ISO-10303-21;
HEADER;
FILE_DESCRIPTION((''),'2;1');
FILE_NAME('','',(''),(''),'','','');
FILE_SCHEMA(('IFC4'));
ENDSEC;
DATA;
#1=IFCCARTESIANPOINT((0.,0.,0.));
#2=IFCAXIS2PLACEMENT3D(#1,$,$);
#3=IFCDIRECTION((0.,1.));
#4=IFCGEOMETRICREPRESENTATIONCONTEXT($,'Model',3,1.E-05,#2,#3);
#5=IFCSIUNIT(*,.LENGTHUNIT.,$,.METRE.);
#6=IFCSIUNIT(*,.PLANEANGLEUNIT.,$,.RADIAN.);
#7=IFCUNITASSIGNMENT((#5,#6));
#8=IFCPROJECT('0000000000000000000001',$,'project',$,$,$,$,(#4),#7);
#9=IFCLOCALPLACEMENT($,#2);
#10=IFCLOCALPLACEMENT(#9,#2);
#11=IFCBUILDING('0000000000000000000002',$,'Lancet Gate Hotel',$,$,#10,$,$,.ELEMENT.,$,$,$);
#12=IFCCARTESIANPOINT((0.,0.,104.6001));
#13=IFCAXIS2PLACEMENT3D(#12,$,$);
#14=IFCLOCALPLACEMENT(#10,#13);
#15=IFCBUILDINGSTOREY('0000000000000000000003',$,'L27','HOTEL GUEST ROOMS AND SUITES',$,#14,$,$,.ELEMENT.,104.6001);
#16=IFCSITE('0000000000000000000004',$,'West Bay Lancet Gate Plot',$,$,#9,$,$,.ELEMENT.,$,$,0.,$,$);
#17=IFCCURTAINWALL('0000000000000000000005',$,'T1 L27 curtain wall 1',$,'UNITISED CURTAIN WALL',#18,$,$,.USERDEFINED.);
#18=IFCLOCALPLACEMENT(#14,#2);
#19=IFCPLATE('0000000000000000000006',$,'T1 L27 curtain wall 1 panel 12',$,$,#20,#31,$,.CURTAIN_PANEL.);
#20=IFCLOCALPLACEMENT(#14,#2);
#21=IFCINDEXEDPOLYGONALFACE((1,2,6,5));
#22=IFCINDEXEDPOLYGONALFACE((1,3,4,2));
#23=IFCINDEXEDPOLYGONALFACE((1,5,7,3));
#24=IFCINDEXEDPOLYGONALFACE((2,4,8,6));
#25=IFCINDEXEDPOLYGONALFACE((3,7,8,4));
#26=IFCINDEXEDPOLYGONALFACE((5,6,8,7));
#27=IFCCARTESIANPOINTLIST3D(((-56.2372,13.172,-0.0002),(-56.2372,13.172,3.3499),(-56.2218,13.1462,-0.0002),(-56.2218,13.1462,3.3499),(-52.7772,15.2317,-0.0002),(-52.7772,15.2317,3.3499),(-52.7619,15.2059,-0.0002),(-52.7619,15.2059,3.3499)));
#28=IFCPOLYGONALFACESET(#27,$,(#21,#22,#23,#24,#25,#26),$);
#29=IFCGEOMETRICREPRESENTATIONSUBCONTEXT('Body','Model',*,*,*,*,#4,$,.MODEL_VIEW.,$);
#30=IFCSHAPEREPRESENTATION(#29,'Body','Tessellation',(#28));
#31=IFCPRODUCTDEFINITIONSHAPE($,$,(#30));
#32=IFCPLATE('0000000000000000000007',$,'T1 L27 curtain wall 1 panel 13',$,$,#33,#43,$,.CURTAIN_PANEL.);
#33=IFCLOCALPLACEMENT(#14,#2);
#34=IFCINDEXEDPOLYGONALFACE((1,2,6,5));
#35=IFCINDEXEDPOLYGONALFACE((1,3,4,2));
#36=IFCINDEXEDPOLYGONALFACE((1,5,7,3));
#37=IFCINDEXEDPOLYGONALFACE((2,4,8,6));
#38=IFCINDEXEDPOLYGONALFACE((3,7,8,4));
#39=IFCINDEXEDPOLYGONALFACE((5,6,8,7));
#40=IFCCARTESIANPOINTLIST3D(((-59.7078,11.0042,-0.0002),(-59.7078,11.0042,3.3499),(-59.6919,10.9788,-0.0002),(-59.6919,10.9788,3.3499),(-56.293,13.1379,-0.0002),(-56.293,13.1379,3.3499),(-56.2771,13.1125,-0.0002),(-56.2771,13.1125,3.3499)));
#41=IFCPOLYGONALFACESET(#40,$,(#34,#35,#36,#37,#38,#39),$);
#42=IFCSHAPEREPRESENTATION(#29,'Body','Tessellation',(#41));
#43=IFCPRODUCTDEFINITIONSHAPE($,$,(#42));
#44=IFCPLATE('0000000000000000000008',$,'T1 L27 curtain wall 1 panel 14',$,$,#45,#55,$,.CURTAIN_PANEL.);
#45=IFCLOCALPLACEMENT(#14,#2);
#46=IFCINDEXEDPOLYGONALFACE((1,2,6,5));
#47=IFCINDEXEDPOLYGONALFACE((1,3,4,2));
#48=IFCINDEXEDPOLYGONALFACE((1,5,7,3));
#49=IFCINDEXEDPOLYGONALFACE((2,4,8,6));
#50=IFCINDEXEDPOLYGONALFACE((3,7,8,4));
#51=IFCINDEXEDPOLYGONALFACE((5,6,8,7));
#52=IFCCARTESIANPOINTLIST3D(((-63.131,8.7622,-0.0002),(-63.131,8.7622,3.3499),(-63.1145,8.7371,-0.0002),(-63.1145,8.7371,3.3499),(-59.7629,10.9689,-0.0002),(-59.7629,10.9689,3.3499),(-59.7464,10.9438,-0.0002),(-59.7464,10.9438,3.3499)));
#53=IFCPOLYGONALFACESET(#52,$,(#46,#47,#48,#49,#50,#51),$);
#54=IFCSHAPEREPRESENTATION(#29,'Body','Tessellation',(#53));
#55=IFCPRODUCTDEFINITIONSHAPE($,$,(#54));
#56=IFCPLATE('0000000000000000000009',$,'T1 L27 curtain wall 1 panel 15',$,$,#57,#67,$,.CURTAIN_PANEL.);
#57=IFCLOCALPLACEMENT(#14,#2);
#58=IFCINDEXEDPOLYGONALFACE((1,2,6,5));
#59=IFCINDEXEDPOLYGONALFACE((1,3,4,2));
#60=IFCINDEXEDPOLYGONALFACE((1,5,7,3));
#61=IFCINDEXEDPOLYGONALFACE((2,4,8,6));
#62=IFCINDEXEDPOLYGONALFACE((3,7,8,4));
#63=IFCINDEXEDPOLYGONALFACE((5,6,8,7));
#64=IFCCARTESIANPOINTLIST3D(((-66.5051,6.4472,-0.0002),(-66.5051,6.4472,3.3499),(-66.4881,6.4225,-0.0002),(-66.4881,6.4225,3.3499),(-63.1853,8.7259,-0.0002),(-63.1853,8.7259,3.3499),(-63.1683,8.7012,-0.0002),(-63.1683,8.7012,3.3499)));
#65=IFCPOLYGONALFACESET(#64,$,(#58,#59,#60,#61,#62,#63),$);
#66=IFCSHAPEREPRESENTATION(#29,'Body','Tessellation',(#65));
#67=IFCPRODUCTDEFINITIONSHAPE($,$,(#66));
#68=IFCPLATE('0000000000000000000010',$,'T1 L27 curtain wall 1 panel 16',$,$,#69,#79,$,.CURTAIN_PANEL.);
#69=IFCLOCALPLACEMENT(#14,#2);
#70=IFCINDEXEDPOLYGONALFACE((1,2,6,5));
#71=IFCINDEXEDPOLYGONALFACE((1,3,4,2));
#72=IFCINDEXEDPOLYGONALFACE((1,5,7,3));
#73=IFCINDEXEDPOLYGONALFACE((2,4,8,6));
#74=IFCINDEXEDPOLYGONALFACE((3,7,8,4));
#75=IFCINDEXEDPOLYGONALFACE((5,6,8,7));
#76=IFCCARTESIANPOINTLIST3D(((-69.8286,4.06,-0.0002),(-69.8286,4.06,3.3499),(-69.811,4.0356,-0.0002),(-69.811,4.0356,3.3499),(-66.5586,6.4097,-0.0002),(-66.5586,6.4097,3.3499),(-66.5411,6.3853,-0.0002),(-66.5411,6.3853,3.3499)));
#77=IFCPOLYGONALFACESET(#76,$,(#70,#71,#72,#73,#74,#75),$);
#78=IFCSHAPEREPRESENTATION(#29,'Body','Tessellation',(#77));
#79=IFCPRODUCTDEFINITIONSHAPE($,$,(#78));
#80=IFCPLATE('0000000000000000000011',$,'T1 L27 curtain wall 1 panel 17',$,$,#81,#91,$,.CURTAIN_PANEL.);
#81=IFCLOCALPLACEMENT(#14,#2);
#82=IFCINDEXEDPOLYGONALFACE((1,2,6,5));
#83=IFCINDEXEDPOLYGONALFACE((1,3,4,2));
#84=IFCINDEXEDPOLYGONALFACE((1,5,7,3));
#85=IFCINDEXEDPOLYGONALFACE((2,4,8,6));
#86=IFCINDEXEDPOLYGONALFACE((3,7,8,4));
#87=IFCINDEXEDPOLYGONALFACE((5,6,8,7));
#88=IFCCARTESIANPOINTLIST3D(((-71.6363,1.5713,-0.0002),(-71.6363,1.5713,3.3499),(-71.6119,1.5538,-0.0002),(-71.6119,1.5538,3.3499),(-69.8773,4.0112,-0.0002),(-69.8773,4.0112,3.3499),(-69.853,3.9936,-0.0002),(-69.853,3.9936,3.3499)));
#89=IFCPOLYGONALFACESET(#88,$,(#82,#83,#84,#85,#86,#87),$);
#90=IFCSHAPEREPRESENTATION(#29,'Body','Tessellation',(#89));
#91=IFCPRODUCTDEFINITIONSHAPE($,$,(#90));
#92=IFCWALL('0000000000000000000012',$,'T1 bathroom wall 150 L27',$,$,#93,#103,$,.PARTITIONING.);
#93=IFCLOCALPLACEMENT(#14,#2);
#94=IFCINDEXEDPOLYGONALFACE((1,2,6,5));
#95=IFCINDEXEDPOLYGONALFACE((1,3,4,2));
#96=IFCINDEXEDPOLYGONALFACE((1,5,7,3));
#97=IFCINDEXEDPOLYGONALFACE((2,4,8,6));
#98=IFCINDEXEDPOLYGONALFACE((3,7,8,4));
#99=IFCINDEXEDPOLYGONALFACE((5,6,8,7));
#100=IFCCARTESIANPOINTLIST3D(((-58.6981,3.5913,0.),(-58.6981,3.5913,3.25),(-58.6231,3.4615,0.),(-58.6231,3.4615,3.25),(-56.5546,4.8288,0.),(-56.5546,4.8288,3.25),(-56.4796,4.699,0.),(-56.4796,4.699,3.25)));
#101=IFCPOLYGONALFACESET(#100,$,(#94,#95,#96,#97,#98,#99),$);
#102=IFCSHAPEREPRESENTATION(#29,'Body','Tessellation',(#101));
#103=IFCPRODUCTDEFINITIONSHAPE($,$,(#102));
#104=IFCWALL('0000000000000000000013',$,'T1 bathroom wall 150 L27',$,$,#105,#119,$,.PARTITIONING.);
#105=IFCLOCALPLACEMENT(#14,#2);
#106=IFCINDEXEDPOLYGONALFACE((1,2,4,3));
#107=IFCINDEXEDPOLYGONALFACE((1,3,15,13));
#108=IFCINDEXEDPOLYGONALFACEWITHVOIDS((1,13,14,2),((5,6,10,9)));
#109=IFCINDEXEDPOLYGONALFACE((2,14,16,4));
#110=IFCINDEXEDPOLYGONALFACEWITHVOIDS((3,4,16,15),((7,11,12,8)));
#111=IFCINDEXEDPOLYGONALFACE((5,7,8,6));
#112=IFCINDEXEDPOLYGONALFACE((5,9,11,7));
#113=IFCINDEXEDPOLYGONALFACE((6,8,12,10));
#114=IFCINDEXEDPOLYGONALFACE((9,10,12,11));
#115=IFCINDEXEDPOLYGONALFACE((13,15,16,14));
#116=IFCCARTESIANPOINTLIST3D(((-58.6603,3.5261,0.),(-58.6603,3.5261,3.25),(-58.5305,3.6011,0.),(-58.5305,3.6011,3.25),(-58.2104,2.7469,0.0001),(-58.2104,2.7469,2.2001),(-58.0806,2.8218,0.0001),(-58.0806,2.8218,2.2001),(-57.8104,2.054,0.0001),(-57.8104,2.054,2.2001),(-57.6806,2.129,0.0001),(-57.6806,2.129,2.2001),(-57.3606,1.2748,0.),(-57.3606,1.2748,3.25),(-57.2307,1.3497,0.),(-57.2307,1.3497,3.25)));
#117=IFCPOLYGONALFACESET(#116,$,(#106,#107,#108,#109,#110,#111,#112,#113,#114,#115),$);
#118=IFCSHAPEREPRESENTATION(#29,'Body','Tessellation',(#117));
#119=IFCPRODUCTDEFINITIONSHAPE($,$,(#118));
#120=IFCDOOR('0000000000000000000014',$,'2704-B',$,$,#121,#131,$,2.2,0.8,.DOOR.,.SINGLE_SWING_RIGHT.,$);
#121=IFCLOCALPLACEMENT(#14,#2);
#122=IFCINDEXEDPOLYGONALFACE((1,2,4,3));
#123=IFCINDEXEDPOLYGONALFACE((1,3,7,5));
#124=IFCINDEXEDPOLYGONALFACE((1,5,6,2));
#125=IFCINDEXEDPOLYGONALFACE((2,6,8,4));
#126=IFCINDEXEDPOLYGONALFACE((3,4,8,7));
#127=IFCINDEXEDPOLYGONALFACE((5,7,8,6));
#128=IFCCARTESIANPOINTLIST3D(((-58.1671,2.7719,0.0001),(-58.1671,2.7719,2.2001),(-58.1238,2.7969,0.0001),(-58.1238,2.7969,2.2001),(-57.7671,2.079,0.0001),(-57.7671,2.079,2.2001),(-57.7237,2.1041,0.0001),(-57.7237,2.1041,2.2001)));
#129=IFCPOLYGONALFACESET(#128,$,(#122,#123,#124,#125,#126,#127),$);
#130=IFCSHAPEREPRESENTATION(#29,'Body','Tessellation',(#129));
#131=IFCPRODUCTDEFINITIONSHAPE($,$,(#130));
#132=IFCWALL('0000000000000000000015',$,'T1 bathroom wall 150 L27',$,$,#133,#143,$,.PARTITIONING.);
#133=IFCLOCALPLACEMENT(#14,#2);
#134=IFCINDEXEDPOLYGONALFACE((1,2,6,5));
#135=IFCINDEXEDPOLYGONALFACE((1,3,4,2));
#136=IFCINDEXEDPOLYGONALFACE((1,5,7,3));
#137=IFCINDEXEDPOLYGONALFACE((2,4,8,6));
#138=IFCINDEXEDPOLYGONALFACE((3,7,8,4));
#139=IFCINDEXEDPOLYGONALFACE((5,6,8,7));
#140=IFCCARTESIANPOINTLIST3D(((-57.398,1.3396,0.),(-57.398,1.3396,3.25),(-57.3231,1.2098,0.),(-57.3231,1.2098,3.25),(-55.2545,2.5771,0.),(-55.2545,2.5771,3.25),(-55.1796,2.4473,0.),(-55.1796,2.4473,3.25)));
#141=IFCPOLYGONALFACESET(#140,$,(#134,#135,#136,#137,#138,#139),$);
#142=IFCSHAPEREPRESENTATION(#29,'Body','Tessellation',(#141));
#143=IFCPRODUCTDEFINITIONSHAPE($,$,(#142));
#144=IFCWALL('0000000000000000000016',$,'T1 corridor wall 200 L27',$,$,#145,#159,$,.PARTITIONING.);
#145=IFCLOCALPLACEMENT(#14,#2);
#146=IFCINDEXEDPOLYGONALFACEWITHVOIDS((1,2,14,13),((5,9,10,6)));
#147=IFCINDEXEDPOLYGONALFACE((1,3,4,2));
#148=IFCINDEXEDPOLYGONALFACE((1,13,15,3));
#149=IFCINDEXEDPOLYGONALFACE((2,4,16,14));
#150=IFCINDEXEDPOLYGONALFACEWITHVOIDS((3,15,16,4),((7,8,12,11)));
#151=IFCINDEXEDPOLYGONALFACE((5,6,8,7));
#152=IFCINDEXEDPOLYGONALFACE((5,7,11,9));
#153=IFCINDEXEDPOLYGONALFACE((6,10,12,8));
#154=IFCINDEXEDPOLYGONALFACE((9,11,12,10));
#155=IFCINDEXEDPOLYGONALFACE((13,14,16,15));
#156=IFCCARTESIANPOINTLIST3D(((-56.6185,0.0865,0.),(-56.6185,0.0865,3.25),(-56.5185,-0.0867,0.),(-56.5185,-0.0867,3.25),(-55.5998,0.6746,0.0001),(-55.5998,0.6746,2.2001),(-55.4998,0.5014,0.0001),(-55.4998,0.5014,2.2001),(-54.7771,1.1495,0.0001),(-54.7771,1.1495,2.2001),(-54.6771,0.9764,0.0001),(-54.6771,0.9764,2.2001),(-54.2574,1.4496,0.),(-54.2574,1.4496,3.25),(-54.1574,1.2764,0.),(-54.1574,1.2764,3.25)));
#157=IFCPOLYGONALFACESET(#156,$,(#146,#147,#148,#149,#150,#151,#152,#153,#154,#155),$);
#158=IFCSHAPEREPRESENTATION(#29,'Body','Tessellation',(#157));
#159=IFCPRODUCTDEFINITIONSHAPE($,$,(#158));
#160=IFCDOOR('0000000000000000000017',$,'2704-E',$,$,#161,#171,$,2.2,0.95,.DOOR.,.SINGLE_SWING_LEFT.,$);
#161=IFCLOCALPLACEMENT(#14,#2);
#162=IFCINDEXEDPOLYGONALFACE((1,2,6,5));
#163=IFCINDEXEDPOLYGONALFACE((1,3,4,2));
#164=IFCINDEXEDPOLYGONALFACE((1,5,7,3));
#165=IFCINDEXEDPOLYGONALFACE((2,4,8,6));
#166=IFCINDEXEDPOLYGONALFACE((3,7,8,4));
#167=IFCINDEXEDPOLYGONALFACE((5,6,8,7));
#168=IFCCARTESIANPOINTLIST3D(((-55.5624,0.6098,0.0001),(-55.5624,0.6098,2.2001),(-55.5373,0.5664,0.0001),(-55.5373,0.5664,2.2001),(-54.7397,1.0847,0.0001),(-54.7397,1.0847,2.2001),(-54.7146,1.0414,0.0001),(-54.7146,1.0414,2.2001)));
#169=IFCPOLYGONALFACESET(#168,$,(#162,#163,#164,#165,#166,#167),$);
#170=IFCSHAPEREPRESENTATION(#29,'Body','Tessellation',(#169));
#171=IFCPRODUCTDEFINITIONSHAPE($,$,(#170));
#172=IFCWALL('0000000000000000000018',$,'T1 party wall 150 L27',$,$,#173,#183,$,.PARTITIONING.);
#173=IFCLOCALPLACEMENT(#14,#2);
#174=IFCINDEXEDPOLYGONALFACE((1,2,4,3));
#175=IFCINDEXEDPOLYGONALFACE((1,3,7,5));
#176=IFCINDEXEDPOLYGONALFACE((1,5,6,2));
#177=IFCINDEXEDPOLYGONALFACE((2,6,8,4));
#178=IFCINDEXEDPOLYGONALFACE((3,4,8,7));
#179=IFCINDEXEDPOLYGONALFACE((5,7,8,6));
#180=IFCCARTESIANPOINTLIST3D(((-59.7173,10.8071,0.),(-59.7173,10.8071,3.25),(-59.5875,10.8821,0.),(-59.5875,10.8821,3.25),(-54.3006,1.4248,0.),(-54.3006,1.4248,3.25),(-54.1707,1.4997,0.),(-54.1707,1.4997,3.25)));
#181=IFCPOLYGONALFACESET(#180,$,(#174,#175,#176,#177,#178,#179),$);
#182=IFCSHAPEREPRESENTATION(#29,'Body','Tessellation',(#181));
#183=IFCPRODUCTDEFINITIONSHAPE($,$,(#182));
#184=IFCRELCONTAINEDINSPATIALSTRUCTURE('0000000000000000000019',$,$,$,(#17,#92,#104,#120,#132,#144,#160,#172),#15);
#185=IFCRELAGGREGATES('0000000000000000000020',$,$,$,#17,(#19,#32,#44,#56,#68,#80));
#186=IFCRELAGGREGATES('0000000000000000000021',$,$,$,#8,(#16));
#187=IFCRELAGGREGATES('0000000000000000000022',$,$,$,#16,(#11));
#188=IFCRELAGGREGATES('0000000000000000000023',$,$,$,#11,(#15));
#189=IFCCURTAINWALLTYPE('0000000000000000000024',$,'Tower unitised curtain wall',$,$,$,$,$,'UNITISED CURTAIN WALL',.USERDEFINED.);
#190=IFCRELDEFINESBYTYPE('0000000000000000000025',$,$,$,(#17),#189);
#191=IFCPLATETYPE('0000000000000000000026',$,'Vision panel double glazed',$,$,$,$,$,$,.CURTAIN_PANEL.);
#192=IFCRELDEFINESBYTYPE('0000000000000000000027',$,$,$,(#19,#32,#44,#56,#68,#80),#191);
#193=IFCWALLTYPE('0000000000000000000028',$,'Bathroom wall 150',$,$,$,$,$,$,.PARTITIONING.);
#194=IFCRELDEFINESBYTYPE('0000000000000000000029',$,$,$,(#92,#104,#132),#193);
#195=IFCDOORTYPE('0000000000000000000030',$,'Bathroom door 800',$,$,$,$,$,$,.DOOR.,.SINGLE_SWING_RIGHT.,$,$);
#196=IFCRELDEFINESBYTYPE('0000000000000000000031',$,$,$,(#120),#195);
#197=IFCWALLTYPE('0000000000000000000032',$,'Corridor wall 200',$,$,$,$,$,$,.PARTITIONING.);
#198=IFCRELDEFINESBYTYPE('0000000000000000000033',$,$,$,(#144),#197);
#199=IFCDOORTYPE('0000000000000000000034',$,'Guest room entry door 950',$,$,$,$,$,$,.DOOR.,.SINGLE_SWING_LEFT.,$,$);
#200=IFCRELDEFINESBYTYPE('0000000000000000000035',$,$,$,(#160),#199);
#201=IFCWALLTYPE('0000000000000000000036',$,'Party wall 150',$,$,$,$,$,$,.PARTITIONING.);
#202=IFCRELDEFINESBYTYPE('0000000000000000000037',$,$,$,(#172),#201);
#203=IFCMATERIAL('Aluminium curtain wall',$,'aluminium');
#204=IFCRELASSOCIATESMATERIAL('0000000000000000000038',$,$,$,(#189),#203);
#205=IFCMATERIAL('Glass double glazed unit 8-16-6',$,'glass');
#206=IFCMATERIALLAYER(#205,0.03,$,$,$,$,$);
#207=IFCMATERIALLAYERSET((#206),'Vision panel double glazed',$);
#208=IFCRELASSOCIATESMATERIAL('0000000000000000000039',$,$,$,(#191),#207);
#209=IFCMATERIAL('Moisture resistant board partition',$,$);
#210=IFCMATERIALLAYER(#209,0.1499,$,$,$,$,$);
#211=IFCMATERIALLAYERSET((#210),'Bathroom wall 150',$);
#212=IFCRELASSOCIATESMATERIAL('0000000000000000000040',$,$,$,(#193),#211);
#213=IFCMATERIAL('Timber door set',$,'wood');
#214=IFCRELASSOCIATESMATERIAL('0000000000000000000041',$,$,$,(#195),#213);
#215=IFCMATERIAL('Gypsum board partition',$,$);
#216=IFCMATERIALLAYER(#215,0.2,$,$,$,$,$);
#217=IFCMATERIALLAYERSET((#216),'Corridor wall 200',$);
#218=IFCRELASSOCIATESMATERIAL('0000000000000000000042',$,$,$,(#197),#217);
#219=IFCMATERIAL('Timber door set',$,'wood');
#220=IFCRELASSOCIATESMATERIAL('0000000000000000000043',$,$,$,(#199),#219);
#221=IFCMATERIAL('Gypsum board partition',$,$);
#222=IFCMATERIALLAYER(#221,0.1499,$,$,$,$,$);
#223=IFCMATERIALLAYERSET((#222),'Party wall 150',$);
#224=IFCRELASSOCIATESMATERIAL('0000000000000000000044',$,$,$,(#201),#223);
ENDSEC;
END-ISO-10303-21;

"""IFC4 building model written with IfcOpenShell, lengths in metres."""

from ifc_helpers import new_model, si_unit, direction, frame, frame_2d, origin, origin_2d, place, context, subcontext, project, spatial, rectangle, extrude, material, layer, layer_set, type_object, element, fill, aggregate, save


model = new_model("IFC4")

# Units and contexts
model_context = context("Model", 3, precision=1e-05, world=origin(), true_north=direction((0.0, 1.0)))
body_context = subcontext(model_context, "Body", "Model", "MODEL_VIEW")
ifc_project = project(units=[si_unit("LENGTHUNIT", "METRE"), si_unit("PLANEANGLEUNIT", "RADIAN")], contexts=[model_context])

# Site, building, storey
site_placement = place(None, origin())
site = spatial("IfcSite", under=ifc_project, at=site_placement, Name="West Bay Lancet Gate Plot", CompositionType="ELEMENT", RefElevation=0.0)
building_placement = place(site_placement, origin())
building = spatial("IfcBuilding", under=site, at=building_placement, Name="Lancet Gate Hotel", CompositionType="ELEMENT")
storey_placement = place(building_placement, frame((0.0, 0.0, 104.6001)))
storey = spatial("IfcBuildingStorey", under=building, at=storey_placement, Name="L27", Description="HOTEL GUEST ROOMS AND SUITES", CompositionType="ELEMENT", Elevation=104.6001)

# Curtain wall
ifc_material_1 = material(Name="Aluminium curtain wall", Category="aluminium")
curtain_wall_type = type_object("IfcCurtainWallType", Name="Tower unitised curtain wall", ElementType="UNITISED CURTAIN WALL", PredefinedType="USERDEFINED", material=ifc_material_1)
curtain_wall_placement = place(storey_placement, origin())
curtain_wall = element("IfcCurtainWall", 1, at=curtain_wall_placement, inside=storey, type_object=curtain_wall_type, Name="T1 L27 curtain wall 1", ObjectType="UNITISED CURTAIN WALL", PredefinedType="USERDEFINED")

# Plates
ifc_material_2 = material(Name="Glass double glazed unit 8-16-6", Category="glass")
ifc_layer_1 = layer(ifc_material_2, 0.03)
ifc_layer_set_1 = layer_set([ifc_layer_1], Name="Vision panel double glazed")
plate_type = type_object("IfcPlateType", Name="Vision panel double glazed", PredefinedType="CURTAIN_PANEL", material=ifc_layer_set_1)
plate_1_placement = place(storey_placement, frame((-54.4995, 14.189, -0.0002), z_axis=(0.0, 0.0, 1.0), x_axis=(-0.859271, -0.51152, 0.0)))
plate_1 = element("IfcPlate", 2, at=plate_1_placement, type_object=plate_type, Name="T1 L27 curtain wall 1 panel 12", PredefinedType="CURTAIN_PANEL", context=body_context, shape_type="SweptSolid", body=[
    extrude(rectangle(XDim=4.0266, YDim=0.03, at=origin_2d()), origin(), (0.0, 0.0, 1.0), 3.3501),
])
plate_2_placement = place(storey_placement, frame((-57.9924, 12.0583, -0.0002), z_axis=(0.0, 0.0, 1.0), x_axis=(-0.848061, -0.529899, 0.0)))
plate_2 = element("IfcPlate", 3, at=plate_2_placement, type_object=plate_type, Name="T1 L27 curtain wall 1 panel 13", PredefinedType="CURTAIN_PANEL", context=body_context, shape_type="SweptSolid", body=[
    extrude(rectangle(XDim=4.0266, YDim=0.03, at=origin_2d()), origin(), (0.0, 0.0, 1.0), 3.3501),
])
plate_3_placement = place(storey_placement, frame((-61.4387, 9.853, -0.0002), z_axis=(0.0, 0.0, 1.0), x_axis=(-0.836458, -0.548032, 0.0)))
plate_3 = element("IfcPlate", 4, at=plate_3_placement, type_object=plate_type, Name="T1 L27 curtain wall 1 panel 14", PredefinedType="CURTAIN_PANEL", context=body_context, shape_type="SweptSolid", body=[
    extrude(rectangle(XDim=4.0266, YDim=0.03, at=origin_2d()), origin(), (0.0, 0.0, 1.0), 3.3501),
])
plate_4_placement = place(storey_placement, frame((-64.8367, 7.5742, -0.0002), z_axis=(0.0, 0.0, 1.0), x_axis=(-0.824466, -0.565911, 0.0)))
plate_4 = element("IfcPlate", 5, at=plate_4_placement, type_object=plate_type, Name="T1 L27 curtain wall 1 panel 15", PredefinedType="CURTAIN_PANEL", context=body_context, shape_type="SweptSolid", body=[
    extrude(rectangle(XDim=4.0266, YDim=0.03, at=origin_2d()), origin(), (0.0, 0.0, 1.0), 3.3501),
])
plate_5_placement = place(storey_placement, frame((-68.1848, 5.2227, -0.0002), z_axis=(0.0, 0.0, 1.0), x_axis=(-0.812093, -0.583528, 0.0)))
plate_5 = element("IfcPlate", 6, at=plate_5_placement, type_object=plate_type, Name="T1 L27 curtain wall 1 panel 16", PredefinedType="CURTAIN_PANEL", context=body_context, shape_type="SweptSolid", body=[
    extrude(rectangle(XDim=4.0266, YDim=0.03, at=origin_2d()), origin(), (0.0, 0.0, 1.0), 3.3501),
])
plate_6_placement = place(storey_placement, frame((-70.7446, 2.7825, -0.0002), z_axis=(0.0, 0.0, 1.0), x_axis=(-0.584809, -0.811171, 0.0)))
plate_6 = element("IfcPlate", 7, at=plate_6_placement, type_object=plate_type, Name="T1 L27 curtain wall 1 panel 17", PredefinedType="CURTAIN_PANEL", context=body_context, shape_type="SweptSolid", body=[
    extrude(rectangle(XDim=3.0078, YDim=0.03, at=origin_2d()), origin(), (0.0, 0.0, 1.0), 3.3501),
])
aggregate(curtain_wall, [plate_1, plate_2, plate_3, plate_4, plate_5, plate_6])

# Wall
ifc_material_3 = material(Name="Moisture resistant board partition")
ifc_layer_2 = layer(ifc_material_3, 0.1499)
ifc_layer_set_2 = layer_set([ifc_layer_2], Name="Bathroom wall 150")
wall_type_1 = type_object("IfcWallType", Name="Bathroom wall 150", PredefinedType="PARTITIONING", material=ifc_layer_set_2)
wall_1_placement = place(storey_placement, frame((-56.5171, 4.7639, 0.0), z_axis=(0.0, 0.0, 1.0), x_axis=(-0.866031, -0.49999, 0.0)))
element("IfcWall", 8, at=wall_1_placement, inside=storey, type_object=wall_type_1, Name="T1 bathroom wall 150 L27", PredefinedType="PARTITIONING", context=body_context, shape_type="SweptSolid", body=[
    extrude(rectangle(XDim=2.4751, YDim=0.1499, at=frame_2d((1.2375, 0.0))), origin(), (0.0, 0.0, 1.0), 3.25),
])

# Wall, opening, door
wall_2_placement = place(storey_placement, frame((-57.2957, 1.3123, 0.0), z_axis=(0.0, 0.0, 1.0), x_axis=(-0.499977, 0.866039, 0.0)))
wall_2 = element("IfcWall", 9, at=wall_2_placement, inside=storey, type_object=wall_type_1, Name="T1 bathroom wall 150 L27", PredefinedType="PARTITIONING", context=body_context, shape_type="SweptSolid", body=[
    extrude(rectangle(XDim=2.5996, YDim=0.1499, at=frame_2d((1.2998, 0.0))), origin(), (0.0, 0.0, 1.0), 3.25),
])
opening_1_placement = place(wall_2_placement, frame((0.8999, 0.0, 0.0)))
opening_1 = element("IfcOpeningElement", 10, at=opening_1_placement, cuts=wall_2, PredefinedType="OPENING", context=body_context, shape_type="SweptSolid", body=[
    extrude(rectangle(XDim=0.8, YDim=2.2, at=frame_2d((0.3999, 1.1001))), frame((0.0, 0.085, 0.0), z_axis=(0.0, -1.0, 0.0), x_axis=(1.0, 0.0, 0.0)), (0.0, 0.0, 1.0), 0.1699),
])
ifc_material_4 = material(Name="Timber door set", Category="wood")
door_type_1 = type_object("IfcDoorType", Name="Bathroom door 800", OperationType="SINGLE_SWING_RIGHT", PredefinedType="DOOR", material=ifc_material_4)
door_1_placement = place(opening_1_placement, origin())
door_1 = element("IfcDoor", 11, at=door_1_placement, inside=storey, type_object=door_type_1, Name="2704-B", OperationType="SINGLE_SWING_RIGHT", OverallHeight=2.2, OverallWidth=0.8, PredefinedType="DOOR", context=body_context, shape_type="SweptSolid", body=[
    extrude(rectangle(XDim=0.8, YDim=2.2, at=frame_2d((0.3999, 1.1001))), frame((0.0, 0.0249, 0.0), z_axis=(0.0, -1.0, 0.0), x_axis=(1.0, 0.0, 0.0)), (0.0, 0.0, 1.0), 0.05),
])
fill(opening_1, door_1)

# Wall
wall_3_placement = place(storey_placement, frame((-55.217, 2.5122, 0.0), z_axis=(0.0, 0.0, 1.0), x_axis=(-0.866031, -0.49999, 0.0)))
element("IfcWall", 12, at=wall_3_placement, inside=storey, type_object=wall_type_1, Name="T1 bathroom wall 150 L27", PredefinedType="PARTITIONING", context=body_context, shape_type="SweptSolid", body=[
    extrude(rectangle(XDim=2.4751, YDim=0.1499, at=frame_2d((1.2375, 0.0))), origin(), (0.0, 0.0, 1.0), 3.25),
])

# Wall, opening, door
ifc_material_5 = material(Name="Gypsum board partition")
ifc_layer_3 = layer(ifc_material_5, 0.2)
ifc_layer_set_3 = layer_set([ifc_layer_3], Name="Corridor wall 200")
wall_type_2 = type_object("IfcWallType", Name="Corridor wall 200", PredefinedType="PARTITIONING", material=ifc_layer_set_3)
wall_4_placement = place(storey_placement, frame((-54.2073, 1.363, 0.0), z_axis=(0.0, 0.0, 1.0), x_axis=(-0.866047, -0.499963, 0.0)))
wall_4 = element("IfcWall", 13, at=wall_4_placement, inside=storey, type_object=wall_type_2, Name="T1 corridor wall 200 L27", PredefinedType="PARTITIONING", context=body_context, shape_type="SweptSolid", body=[
    extrude(rectangle(XDim=2.7263, YDim=0.2, at=frame_2d((1.3633, 0.0))), origin(), (0.0, 0.0, 1.0), 3.25),
])
opening_2_placement = place(wall_4_placement, frame((0.6001, 0.0, 0.0)))
opening_2 = element("IfcOpeningElement", 14, at=opening_2_placement, cuts=wall_4, PredefinedType="OPENING", context=body_context, shape_type="SweptSolid", body=[
    extrude(rectangle(XDim=0.95, YDim=2.2, at=frame_2d((0.4751, 1.1001))), frame((0.0, 0.1099, 0.0), z_axis=(0.0, -1.0, 0.0), x_axis=(1.0, 0.0, 0.0)), (0.0, 0.0, 1.0), 0.22),
])
ifc_material_6 = material(Name="Timber door set", Category="wood")
door_type_2 = type_object("IfcDoorType", Name="Guest room entry door 950", OperationType="SINGLE_SWING_LEFT", PredefinedType="DOOR", material=ifc_material_6)
door_2_placement = place(opening_2_placement, origin())
door_2 = element("IfcDoor", 15, at=door_2_placement, inside=storey, type_object=door_type_2, Name="2704-E", OperationType="SINGLE_SWING_LEFT", OverallHeight=2.2, OverallWidth=0.95, PredefinedType="DOOR", context=body_context, shape_type="SweptSolid", body=[
    extrude(rectangle(XDim=0.95, YDim=2.2, at=frame_2d((0.4751, 1.1001))), frame((0.0, 0.0249, 0.0), z_axis=(0.0, -1.0, 0.0), x_axis=(1.0, 0.0, 0.0)), (0.0, 0.0, 1.0), 0.05),
])
fill(opening_2, door_2)

# Wall
ifc_material_7 = material(Name="Gypsum board partition")
ifc_layer_4 = layer(ifc_material_7, 0.1499)
ifc_layer_set_4 = layer_set([ifc_layer_4], Name="Party wall 150")
wall_type_3 = type_object("IfcWallType", Name="Party wall 150", PredefinedType="PARTITIONING", material=ifc_layer_set_4)
wall_5_placement = place(storey_placement, frame((-54.2356, 1.4622, 0.0), z_axis=(0.0, 0.0, 1.0), x_axis=(-0.49999, 0.866031, 0.0)))
element("IfcWall", 16, at=wall_5_placement, inside=storey, type_object=wall_type_3, Name="T1 party wall 150 L27", PredefinedType="PARTITIONING", context=body_context, shape_type="SweptSolid", body=[
    extrude(rectangle(XDim=10.8337, YDim=0.1499, at=frame_2d((5.417, 0.0))), origin(), (0.0, 0.0, 1.0), 3.25),
])

save(model, "model.ifc")
